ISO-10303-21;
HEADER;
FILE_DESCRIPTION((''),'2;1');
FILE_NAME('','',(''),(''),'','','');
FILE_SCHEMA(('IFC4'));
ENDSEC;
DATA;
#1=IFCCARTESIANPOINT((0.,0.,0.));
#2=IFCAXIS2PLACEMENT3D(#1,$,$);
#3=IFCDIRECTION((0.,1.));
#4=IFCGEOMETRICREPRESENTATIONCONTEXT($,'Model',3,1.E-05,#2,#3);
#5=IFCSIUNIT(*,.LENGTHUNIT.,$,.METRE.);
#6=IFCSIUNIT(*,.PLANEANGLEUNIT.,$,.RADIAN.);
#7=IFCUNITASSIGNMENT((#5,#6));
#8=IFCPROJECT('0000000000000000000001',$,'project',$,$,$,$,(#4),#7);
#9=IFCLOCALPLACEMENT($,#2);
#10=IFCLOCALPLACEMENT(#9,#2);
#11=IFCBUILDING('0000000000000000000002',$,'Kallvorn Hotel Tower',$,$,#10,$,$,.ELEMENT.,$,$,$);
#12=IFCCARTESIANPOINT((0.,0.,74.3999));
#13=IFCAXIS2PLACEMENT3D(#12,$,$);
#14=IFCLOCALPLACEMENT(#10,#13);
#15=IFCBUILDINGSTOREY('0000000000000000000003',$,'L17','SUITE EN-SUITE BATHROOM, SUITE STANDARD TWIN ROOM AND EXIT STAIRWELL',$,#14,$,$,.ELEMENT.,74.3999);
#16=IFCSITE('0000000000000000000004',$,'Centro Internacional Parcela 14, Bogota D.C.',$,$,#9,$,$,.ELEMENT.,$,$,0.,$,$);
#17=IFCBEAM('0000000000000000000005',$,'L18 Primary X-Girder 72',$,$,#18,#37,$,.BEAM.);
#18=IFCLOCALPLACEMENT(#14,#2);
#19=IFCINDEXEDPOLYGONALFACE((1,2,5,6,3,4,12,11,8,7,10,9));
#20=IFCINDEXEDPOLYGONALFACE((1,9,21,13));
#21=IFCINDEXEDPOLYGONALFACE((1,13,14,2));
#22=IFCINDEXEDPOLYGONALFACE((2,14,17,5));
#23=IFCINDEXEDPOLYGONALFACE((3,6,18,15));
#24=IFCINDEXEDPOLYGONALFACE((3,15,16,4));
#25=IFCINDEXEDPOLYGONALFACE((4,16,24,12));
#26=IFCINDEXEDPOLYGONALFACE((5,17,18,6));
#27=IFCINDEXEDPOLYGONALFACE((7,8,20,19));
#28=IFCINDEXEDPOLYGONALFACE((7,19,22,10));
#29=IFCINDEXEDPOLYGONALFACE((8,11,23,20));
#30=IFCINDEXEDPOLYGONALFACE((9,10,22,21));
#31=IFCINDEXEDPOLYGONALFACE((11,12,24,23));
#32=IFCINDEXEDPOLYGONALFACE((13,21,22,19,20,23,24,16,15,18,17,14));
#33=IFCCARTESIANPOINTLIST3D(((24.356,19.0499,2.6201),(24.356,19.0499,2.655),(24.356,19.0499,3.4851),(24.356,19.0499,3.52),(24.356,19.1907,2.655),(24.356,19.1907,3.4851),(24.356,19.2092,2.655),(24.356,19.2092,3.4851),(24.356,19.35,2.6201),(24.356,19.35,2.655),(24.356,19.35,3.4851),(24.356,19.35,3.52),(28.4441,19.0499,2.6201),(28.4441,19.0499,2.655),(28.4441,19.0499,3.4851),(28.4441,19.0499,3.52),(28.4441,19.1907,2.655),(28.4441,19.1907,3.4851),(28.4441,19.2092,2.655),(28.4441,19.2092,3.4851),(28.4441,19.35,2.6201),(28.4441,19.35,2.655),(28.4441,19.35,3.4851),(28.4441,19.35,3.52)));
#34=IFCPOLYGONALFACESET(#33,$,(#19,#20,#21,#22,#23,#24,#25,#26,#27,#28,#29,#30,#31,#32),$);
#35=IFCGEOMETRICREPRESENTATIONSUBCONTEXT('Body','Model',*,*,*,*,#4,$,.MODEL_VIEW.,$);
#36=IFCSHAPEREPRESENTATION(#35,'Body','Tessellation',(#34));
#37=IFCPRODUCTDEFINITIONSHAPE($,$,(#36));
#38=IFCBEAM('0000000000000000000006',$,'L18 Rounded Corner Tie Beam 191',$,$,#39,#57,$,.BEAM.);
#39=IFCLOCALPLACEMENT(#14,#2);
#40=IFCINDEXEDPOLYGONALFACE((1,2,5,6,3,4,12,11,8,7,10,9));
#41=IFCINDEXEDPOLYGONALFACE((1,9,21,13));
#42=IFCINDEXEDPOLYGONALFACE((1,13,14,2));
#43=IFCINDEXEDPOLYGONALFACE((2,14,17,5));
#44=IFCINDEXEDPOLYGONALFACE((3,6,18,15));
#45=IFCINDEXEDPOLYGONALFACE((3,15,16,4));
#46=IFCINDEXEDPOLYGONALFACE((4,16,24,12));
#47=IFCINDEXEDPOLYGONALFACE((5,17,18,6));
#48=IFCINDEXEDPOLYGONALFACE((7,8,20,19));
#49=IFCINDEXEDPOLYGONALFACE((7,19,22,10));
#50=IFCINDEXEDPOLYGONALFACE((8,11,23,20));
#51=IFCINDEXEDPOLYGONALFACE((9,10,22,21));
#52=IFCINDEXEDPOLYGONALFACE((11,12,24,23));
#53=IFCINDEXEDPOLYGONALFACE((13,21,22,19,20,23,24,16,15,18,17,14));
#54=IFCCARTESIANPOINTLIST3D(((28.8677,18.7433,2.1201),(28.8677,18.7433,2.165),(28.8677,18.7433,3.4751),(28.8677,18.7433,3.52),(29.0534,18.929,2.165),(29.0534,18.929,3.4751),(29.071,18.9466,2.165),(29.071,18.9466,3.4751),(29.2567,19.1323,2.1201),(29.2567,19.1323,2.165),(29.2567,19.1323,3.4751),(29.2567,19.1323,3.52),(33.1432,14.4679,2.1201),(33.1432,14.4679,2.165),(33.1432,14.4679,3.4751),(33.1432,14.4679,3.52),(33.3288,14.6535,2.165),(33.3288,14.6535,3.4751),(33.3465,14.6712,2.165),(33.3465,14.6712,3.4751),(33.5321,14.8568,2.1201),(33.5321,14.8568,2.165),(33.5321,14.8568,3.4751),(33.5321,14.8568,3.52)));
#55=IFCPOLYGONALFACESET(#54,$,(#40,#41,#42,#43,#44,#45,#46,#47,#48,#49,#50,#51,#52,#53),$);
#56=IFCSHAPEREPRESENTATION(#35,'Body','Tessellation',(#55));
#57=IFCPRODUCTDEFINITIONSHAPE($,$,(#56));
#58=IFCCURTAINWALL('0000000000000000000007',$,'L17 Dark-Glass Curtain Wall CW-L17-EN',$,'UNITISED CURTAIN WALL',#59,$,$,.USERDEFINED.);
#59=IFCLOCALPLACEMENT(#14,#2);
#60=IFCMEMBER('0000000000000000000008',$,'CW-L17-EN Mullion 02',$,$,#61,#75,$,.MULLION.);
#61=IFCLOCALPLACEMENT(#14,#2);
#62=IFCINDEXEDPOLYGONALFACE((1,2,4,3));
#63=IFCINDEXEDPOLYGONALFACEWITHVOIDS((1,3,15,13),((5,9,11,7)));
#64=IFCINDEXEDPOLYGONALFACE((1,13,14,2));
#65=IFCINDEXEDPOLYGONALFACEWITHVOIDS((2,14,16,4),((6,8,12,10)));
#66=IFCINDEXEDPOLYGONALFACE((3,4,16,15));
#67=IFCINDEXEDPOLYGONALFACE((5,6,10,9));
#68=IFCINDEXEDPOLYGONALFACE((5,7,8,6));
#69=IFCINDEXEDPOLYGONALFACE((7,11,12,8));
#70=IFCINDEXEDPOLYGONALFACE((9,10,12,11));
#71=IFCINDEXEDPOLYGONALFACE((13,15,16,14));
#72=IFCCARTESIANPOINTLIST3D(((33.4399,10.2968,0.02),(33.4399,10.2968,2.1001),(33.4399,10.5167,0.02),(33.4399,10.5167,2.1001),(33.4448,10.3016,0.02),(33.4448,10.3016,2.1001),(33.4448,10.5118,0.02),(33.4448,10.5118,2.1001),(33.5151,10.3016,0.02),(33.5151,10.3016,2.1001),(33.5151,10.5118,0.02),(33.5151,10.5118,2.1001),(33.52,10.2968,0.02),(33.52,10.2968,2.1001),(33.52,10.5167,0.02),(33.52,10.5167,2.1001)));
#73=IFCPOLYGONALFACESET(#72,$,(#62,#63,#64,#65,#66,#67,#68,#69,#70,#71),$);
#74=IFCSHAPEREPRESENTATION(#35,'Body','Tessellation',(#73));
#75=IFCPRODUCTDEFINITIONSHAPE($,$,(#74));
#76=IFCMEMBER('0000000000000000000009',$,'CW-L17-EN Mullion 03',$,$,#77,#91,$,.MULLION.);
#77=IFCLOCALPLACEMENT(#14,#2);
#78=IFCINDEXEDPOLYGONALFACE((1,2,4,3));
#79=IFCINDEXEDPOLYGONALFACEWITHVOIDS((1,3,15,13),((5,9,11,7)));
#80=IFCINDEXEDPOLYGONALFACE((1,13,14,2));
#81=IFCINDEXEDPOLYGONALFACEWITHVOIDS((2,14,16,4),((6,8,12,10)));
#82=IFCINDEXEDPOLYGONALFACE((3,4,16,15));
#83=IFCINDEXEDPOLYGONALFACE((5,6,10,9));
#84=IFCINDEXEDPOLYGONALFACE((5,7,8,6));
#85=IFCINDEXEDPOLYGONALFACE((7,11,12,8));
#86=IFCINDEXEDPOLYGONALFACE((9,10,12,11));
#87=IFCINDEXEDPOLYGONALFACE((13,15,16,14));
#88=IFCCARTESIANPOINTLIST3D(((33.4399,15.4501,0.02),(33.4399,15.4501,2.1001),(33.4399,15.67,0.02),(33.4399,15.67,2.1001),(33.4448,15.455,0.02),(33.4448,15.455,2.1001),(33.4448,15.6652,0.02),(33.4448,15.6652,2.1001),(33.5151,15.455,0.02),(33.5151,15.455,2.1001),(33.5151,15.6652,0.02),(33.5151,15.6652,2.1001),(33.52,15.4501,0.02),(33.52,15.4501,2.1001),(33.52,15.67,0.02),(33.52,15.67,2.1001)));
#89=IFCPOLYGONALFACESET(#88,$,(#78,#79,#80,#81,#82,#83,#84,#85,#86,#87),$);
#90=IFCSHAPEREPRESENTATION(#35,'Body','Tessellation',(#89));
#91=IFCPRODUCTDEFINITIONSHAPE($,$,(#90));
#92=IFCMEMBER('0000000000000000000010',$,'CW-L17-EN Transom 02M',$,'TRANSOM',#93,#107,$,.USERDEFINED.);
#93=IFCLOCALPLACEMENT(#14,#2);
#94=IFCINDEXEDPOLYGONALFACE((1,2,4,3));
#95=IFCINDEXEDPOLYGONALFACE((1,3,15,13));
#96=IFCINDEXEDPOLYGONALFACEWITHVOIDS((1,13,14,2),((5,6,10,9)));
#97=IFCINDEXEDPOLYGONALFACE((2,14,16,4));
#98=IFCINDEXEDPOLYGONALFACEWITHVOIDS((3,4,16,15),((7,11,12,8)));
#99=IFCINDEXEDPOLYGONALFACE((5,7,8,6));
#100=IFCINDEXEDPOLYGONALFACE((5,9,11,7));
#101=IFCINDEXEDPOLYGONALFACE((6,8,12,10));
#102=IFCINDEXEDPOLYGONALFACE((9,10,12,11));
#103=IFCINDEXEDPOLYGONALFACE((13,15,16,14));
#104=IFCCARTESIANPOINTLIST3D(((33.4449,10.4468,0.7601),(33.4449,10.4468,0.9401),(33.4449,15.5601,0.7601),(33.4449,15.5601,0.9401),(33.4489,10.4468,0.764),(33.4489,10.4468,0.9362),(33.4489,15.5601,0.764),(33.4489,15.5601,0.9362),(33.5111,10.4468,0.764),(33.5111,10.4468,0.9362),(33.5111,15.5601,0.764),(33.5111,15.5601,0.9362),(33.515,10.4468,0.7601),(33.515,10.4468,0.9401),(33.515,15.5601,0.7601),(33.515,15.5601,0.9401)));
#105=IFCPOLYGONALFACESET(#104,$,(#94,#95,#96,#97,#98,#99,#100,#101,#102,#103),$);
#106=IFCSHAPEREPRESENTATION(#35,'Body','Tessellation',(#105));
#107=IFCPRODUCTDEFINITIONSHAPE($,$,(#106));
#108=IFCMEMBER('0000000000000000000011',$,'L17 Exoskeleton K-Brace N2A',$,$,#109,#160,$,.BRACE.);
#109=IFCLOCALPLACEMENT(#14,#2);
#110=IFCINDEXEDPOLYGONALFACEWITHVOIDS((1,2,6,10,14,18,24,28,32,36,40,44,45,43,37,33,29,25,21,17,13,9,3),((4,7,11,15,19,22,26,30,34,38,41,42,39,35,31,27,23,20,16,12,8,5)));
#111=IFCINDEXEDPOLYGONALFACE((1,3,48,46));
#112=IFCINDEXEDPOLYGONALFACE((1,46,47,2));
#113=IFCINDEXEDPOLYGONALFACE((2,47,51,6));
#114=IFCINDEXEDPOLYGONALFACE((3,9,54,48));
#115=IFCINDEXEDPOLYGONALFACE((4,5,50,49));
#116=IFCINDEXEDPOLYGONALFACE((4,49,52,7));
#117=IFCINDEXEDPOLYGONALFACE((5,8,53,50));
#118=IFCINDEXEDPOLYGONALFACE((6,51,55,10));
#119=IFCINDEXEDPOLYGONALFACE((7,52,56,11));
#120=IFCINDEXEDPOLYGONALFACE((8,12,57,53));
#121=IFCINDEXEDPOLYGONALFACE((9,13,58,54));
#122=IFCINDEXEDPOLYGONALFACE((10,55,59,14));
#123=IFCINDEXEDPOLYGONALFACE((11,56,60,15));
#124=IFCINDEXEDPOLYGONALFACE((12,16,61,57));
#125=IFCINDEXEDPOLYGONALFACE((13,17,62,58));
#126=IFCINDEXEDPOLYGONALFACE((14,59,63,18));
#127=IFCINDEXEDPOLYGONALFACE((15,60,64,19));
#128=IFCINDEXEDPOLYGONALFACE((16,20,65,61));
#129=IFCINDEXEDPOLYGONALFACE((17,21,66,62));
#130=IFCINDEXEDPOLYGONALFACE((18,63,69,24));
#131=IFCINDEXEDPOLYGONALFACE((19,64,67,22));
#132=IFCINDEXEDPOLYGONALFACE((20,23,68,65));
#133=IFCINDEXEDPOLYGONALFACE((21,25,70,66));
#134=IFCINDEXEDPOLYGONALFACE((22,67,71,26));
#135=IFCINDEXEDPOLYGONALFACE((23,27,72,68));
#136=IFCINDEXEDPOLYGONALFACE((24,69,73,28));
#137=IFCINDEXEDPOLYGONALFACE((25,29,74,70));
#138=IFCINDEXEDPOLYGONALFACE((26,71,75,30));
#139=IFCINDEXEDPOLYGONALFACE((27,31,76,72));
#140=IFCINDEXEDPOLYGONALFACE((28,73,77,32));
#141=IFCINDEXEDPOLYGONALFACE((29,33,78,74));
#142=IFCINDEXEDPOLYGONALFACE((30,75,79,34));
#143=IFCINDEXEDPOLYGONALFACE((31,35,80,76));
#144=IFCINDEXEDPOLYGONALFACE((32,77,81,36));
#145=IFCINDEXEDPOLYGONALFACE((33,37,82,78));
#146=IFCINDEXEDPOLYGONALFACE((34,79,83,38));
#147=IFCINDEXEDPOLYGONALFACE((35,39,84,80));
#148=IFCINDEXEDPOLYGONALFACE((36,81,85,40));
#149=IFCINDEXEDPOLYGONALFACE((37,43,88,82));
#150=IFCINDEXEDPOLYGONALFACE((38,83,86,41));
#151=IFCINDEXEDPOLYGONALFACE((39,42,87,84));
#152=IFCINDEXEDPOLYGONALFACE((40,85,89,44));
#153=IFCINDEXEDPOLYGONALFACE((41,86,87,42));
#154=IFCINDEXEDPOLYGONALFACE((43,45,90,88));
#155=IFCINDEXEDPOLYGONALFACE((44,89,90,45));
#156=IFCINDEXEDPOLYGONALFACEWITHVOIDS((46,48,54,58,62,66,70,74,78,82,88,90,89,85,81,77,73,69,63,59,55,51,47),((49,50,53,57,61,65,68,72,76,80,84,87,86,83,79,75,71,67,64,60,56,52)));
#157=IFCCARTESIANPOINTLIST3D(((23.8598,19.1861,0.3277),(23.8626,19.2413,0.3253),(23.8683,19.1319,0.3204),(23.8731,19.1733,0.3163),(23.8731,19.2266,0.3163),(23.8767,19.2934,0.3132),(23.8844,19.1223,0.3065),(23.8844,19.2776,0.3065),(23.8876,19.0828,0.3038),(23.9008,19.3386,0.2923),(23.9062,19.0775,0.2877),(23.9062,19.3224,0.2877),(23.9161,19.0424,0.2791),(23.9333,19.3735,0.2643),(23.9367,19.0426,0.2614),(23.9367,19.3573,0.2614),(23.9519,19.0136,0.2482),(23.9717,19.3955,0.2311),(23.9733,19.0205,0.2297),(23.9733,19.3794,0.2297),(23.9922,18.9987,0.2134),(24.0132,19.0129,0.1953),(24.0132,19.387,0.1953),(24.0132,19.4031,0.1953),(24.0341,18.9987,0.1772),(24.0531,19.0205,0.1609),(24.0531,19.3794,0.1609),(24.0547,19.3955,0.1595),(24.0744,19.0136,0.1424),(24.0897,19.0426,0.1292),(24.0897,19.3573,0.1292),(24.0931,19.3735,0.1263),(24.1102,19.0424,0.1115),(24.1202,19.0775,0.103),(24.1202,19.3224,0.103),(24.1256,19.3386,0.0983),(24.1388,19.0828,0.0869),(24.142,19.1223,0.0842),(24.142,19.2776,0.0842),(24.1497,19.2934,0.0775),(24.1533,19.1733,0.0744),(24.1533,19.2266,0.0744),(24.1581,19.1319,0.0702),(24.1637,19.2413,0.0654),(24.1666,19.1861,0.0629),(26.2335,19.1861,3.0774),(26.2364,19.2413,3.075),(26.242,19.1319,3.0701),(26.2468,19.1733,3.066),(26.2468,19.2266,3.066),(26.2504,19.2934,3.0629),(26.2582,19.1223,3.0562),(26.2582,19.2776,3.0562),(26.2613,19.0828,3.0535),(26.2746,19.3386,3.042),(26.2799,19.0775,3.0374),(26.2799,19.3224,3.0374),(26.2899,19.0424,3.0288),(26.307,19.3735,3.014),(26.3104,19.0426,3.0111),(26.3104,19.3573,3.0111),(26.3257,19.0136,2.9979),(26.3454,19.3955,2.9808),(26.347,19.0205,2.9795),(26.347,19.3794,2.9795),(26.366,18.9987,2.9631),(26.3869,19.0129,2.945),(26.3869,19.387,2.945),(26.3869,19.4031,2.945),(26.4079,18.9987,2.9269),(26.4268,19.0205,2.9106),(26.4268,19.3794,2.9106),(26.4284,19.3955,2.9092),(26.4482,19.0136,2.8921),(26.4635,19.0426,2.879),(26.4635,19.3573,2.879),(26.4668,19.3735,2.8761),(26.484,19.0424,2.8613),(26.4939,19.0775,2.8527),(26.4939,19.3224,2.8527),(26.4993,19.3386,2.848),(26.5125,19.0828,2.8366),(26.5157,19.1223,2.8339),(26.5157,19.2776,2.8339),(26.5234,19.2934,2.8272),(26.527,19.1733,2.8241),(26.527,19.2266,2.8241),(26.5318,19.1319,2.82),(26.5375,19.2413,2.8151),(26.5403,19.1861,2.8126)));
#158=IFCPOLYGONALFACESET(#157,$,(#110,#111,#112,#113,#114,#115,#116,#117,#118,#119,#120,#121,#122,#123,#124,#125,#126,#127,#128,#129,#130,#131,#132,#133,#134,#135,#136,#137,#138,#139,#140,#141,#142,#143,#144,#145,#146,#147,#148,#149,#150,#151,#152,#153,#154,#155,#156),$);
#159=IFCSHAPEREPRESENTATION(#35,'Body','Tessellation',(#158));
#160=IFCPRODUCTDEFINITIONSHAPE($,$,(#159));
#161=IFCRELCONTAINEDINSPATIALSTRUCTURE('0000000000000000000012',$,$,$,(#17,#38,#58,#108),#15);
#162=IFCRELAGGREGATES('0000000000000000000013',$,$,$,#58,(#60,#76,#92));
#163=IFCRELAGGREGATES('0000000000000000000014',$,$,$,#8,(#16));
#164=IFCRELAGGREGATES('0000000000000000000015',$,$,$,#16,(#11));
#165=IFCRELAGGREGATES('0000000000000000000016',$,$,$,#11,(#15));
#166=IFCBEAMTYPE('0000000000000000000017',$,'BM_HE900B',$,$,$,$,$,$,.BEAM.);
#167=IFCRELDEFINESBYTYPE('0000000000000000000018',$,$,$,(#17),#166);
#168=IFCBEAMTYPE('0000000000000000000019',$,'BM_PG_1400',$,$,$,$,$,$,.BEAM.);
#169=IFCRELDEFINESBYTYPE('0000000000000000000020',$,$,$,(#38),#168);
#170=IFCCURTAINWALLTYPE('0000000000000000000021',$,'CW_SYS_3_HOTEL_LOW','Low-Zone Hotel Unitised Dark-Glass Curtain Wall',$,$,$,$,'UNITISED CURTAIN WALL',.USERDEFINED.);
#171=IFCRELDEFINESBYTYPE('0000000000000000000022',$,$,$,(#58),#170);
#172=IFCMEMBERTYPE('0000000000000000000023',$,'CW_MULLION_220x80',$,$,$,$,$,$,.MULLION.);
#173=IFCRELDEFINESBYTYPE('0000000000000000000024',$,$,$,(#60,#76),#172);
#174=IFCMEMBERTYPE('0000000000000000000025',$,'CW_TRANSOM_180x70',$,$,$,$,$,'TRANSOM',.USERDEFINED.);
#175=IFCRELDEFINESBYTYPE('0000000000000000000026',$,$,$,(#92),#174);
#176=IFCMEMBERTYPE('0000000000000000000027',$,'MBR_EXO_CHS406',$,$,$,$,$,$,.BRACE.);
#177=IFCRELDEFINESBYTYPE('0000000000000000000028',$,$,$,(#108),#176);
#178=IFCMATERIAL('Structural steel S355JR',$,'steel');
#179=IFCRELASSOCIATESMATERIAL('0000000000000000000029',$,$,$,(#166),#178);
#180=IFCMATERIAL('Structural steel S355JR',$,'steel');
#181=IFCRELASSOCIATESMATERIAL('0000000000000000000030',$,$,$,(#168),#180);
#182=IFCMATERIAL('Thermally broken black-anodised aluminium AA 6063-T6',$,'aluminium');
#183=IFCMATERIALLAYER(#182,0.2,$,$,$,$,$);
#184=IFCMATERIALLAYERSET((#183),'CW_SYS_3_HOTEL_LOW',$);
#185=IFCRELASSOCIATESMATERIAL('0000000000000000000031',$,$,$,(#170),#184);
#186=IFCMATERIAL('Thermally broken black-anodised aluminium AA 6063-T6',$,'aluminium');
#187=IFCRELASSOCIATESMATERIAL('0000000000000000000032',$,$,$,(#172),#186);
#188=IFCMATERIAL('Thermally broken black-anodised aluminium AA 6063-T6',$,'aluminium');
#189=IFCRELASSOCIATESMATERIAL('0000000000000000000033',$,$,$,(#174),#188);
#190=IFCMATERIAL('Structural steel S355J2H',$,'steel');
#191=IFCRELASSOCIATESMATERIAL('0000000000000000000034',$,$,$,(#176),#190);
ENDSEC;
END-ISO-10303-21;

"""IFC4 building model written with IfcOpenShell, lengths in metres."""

from ifc_helpers import new_model, si_unit, direction, frame, origin, origin_2d, place, context, subcontext, project, spatial, hollow_rectangle, hollow_circle, i_section, extrude, material, layer, layer_set, material_profile, profile_set, type_object, element, aggregate, save


model = new_model("IFC4")

# Units and contexts
model_context = context("Model", 3, precision=1e-05, world=origin(), true_north=direction((0.0, 1.0)))
body_context = subcontext(model_context, "Body", "Model", "MODEL_VIEW")
ifc_project = project(units=[si_unit("LENGTHUNIT", "METRE"), si_unit("PLANEANGLEUNIT", "RADIAN")], contexts=[model_context])

# Site, building, storey
site_placement = place(None, origin())
site = spatial("IfcSite", under=ifc_project, at=site_placement, Name="Centro Internacional Parcela 14, Bogota D.C.", CompositionType="ELEMENT", RefElevation=0.0)
building_placement = place(site_placement, origin())
building = spatial("IfcBuilding", under=site, at=building_placement, Name="Kallvorn Hotel Tower", CompositionType="ELEMENT")
storey_placement = place(building_placement, frame((0.0, 0.0, 74.3999)))
storey = spatial("IfcBuildingStorey", under=building, at=storey_placement, Name="L17", Description="SUITE EN-SUITE BATHROOM, SUITE STANDARD TWIN ROOM AND EXIT STAIRWELL", CompositionType="ELEMENT", Elevation=74.3999)

# Beams
ifc_material_1 = material(Name="Structural steel S355JR", Category="steel")
ifc_material_profile_1 = material_profile(ifc_material_1, i_section(OverallWidth=0.3, OverallDepth=0.8999, WebThickness=0.0186, FlangeThickness=0.0349, at=origin_2d()), Name="HE 900 B")
ifc_profile_set_1 = profile_set([ifc_material_profile_1], Name="Structural steel S355JR")
beam_type_1 = type_object("IfcBeamType", Name="BM_HE900B", PredefinedType="BEAM", material=ifc_profile_set_1)
for number, where, z_axis, x_axis, name in (
    (1, (24.356, 19.2, 3.0701), (1.0, 0.0, 0.0), (0.0, 1.0, 0.0), "L18 Primary X-Girder 72"),
):
    element("IfcBeam", number, at=place(storey_placement, frame(where, z_axis=z_axis, x_axis=x_axis)), inside=storey, type_object=beam_type_1, Name=name, PredefinedType="BEAM", context=body_context, shape_type="SweptSolid", body=[
        extrude(i_section(OverallWidth=0.3, OverallDepth=0.8999, WebThickness=0.0186, FlangeThickness=0.0349, at=origin_2d()), origin(), (0.0, 0.0, 1.0), 4.0881),
    ])
ifc_material_2 = material(Name="Structural steel S355JR", Category="steel")
ifc_material_profile_2 = material_profile(ifc_material_2, i_section(OverallWidth=0.55, OverallDepth=1.3999, WebThickness=0.0249, FlangeThickness=0.0449, at=origin_2d()), Name="PG 1400x550x25x45")
ifc_profile_set_2 = profile_set([ifc_material_profile_2], Name="Structural steel S355JR")
beam_type_2 = type_object("IfcBeamType", Name="BM_PG_1400", PredefinedType="BEAM", material=ifc_profile_set_2)
beam_1_placement = place(storey_placement, frame((33.3376, 14.6624, 2.8201), z_axis=(-0.707107, 0.707107, 0.0), x_axis=(-0.707107, -0.707107, 0.0)))
element("IfcBeam", 2, at=beam_1_placement, inside=storey, type_object=beam_type_2, Name="L18 Rounded Corner Tie Beam 191", PredefinedType="BEAM", context=body_context, shape_type="SweptSolid", body=[
    extrude(i_section(OverallWidth=0.55, OverallDepth=1.3999, WebThickness=0.0249, FlangeThickness=0.0449, at=origin_2d()), origin(), (0.0, 0.0, 1.0), 6.0464),
])

# Curtain wall, members
ifc_material_3 = material(Name="Thermally broken black-anodised aluminium AA 6063-T6", Category="aluminium")
ifc_layer_1 = layer(ifc_material_3, 0.2)
ifc_layer_set_1 = layer_set([ifc_layer_1], Name="CW_SYS_3_HOTEL_LOW")
curtain_wall_type = type_object("IfcCurtainWallType", Name="CW_SYS_3_HOTEL_LOW", Description="Low-Zone Hotel Unitised Dark-Glass Curtain Wall", ElementType="UNITISED CURTAIN WALL", PredefinedType="USERDEFINED", material=ifc_layer_set_1)
curtain_wall_placement = place(storey_placement, origin())
curtain_wall = element("IfcCurtainWall", 3, at=curtain_wall_placement, inside=storey, type_object=curtain_wall_type, Name="L17 Dark-Glass Curtain Wall CW-L17-EN", ObjectType="UNITISED CURTAIN WALL", PredefinedType="USERDEFINED")
ifc_material_4 = material(Name="Thermally broken black-anodised aluminium AA 6063-T6", Category="aluminium")
ifc_material_profile_3 = material_profile(ifc_material_4, hollow_rectangle(XDim=0.0801, YDim=0.22, WallThickness=0.0049, at=origin_2d()), Name="MUL 220x80")
ifc_profile_set_3 = profile_set([ifc_material_profile_3], Name="Thermally broken black-anodised aluminium AA 6063-T6")
member_type_1 = type_object("IfcMemberType", Name="CW_MULLION_220x80", PredefinedType="MULLION", material=ifc_profile_set_3)
member_1_placement = place(storey_placement, frame((33.48, 10.4067, 0.02), z_axis=(0.0, 0.0, 1.0), x_axis=(1.0, 0.0, 0.0)))
member_1 = element("IfcMember", 4, at=member_1_placement, type_object=member_type_1, Name="CW-L17-EN Mullion 02", PredefinedType="MULLION", context=body_context, shape_type="SweptSolid", body=[
    extrude(hollow_rectangle(XDim=0.0801, YDim=0.22, WallThickness=0.0049, at=origin_2d()), origin(), (0.0, 0.0, 1.0), 2.0801),
])
member_2_placement = place(storey_placement, frame((33.48, 15.5601, 0.02), z_axis=(0.0, 0.0, 1.0), x_axis=(1.0, 0.0, 0.0)))
member_2 = element("IfcMember", 5, at=member_2_placement, type_object=member_type_1, Name="CW-L17-EN Mullion 03", PredefinedType="MULLION", context=body_context, shape_type="SweptSolid", body=[
    extrude(hollow_rectangle(XDim=0.0801, YDim=0.22, WallThickness=0.0049, at=origin_2d()), origin(), (0.0, 0.0, 1.0), 2.0801),
])
ifc_material_5 = material(Name="Thermally broken black-anodised aluminium AA 6063-T6", Category="aluminium")
ifc_material_profile_4 = material_profile(ifc_material_5, hollow_rectangle(XDim=0.0701, YDim=0.1799, WallThickness=0.0039, at=origin_2d()), Name="TRN 180x70")
ifc_profile_set_4 = profile_set([ifc_material_profile_4], Name="Thermally broken black-anodised aluminium AA 6063-T6")
member_type_2 = type_object("IfcMemberType", Name="CW_TRANSOM_180x70", ElementType="TRANSOM", PredefinedType="USERDEFINED", material=ifc_profile_set_4)
member_3_placement = place(storey_placement, frame((33.48, 10.4468, 0.8501), z_axis=(0.0, 1.0, 0.0), x_axis=(-1.0, 0.0, 0.0)))
member_3 = element("IfcMember", 6, at=member_3_placement, type_object=member_type_2, Name="CW-L17-EN Transom 02M", ObjectType="TRANSOM", PredefinedType="USERDEFINED", context=body_context, shape_type="SweptSolid", body=[
    extrude(hollow_rectangle(XDim=0.0701, YDim=0.1799, WallThickness=0.0039, at=origin_2d()), origin(), (0.0, 0.0, 1.0), 5.1133),
])

# Member
ifc_material_6 = material(Name="Structural steel S355J2H", Category="steel")
ifc_material_profile_5 = material_profile(ifc_material_6, hollow_circle(Radius=0.2031, WallThickness=0.0161, at=origin_2d()), Name="CHS 406.4x16")
ifc_profile_set_5 = profile_set([ifc_material_profile_5], Name="Structural steel S355J2H")
member_type_3 = type_object("IfcMemberType", Name="MBR_EXO_CHS406", PredefinedType="BRACE", material=ifc_profile_set_5)
for number, where, z_axis, x_axis, name in (
    (7, (24.0132, 19.2, 0.1953), (0.653461, 0.0, 0.756961), (0.0, 1.0, 0.0), "L17 Exoskeleton K-Brace N2A"),
):
    element("IfcMember", number, at=place(storey_placement, frame(where, z_axis=z_axis, x_axis=x_axis)), inside=storey, type_object=member_type_3, Name=name, PredefinedType="BRACE", context=body_context, shape_type="SweptSolid", body=[
        extrude(hollow_circle(Radius=0.2031, WallThickness=0.0161, at=origin_2d()), origin(), (0.0, 0.0, 1.0), 3.6326),
    ])

aggregate(curtain_wall, [member_1, member_2, member_3])

save(model, "model.ifc")
